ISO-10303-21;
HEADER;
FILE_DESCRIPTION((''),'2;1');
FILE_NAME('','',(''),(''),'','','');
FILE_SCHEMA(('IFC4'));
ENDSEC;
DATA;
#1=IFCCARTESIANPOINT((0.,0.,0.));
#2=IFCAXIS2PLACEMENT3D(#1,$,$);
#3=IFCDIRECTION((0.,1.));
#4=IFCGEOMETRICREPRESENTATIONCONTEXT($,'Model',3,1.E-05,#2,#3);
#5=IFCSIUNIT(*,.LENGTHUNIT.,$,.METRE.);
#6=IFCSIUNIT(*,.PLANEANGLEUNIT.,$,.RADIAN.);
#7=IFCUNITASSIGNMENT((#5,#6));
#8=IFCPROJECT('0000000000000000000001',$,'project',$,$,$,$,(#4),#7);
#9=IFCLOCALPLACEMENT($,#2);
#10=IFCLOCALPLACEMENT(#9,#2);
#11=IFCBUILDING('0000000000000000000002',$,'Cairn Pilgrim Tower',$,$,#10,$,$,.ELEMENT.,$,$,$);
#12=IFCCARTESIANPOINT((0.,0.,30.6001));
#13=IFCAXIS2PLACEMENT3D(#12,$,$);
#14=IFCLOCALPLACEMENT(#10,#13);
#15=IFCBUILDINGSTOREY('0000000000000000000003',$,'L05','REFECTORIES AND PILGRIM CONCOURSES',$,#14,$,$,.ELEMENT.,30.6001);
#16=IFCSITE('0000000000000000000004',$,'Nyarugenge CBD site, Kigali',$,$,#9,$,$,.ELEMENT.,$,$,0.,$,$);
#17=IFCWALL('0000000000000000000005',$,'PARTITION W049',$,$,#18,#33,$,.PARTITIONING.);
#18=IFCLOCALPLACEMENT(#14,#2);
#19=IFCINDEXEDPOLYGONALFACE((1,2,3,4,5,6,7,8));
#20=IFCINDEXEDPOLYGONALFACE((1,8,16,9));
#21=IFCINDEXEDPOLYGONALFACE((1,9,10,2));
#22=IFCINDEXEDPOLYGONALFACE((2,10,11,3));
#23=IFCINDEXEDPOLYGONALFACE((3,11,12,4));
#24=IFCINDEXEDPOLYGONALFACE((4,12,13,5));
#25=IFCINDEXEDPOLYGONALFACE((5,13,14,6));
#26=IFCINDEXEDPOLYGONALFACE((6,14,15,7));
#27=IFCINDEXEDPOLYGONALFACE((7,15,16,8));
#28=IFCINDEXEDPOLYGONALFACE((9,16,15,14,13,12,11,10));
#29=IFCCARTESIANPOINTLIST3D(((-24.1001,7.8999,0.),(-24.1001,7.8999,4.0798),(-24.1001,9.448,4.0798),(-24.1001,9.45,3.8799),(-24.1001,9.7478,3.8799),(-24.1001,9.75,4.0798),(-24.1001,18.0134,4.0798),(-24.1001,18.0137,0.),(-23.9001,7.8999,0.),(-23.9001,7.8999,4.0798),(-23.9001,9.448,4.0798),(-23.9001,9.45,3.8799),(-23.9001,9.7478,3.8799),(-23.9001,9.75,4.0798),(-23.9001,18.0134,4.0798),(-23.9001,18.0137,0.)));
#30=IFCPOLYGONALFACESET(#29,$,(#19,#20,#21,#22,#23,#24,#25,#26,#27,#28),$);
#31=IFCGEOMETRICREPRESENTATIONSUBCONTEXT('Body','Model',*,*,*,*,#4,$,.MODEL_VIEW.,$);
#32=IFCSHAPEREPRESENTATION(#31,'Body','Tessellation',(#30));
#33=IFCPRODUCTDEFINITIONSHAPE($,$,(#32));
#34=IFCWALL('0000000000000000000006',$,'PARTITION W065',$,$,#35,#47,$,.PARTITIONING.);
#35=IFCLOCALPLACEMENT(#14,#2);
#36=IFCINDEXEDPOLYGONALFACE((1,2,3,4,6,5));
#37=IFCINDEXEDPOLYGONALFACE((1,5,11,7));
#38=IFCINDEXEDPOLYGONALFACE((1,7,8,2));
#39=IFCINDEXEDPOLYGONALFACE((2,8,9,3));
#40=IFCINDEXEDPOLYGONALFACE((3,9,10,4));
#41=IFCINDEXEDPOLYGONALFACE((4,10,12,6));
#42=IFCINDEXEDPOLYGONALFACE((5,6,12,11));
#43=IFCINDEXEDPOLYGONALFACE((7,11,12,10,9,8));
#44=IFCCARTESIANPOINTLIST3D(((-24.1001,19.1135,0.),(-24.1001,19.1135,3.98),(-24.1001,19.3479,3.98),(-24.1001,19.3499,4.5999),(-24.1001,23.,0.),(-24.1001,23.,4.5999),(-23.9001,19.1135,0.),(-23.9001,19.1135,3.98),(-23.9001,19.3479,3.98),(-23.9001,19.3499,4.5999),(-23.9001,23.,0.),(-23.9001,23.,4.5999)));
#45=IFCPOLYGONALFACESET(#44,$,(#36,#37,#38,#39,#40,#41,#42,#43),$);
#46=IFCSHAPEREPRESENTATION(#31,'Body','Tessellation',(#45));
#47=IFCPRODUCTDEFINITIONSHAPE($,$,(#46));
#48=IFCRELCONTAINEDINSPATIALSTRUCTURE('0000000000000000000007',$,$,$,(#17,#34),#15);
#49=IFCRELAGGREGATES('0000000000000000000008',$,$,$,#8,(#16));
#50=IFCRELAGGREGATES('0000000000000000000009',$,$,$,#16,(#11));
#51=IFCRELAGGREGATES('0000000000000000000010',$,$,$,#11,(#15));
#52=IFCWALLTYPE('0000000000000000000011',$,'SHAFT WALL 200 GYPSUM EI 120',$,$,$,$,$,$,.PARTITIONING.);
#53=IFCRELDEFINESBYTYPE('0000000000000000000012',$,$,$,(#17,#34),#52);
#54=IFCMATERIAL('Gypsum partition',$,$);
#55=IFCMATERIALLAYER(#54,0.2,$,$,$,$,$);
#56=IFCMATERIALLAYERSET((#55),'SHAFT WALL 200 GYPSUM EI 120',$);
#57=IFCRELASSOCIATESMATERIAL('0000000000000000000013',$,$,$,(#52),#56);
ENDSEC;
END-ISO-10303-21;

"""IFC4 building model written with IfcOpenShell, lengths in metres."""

from ifc_helpers import new_model, si_unit, direction, frame, origin, place, context, subcontext, project, spatial, polyline, outline, extrude, material, layer, layer_set, type_object, element, save


model = new_model("IFC4")

# Units and contexts
model_context = context("Model", 3, precision=1e-05, world=origin(), true_north=direction((0.0, 1.0)))
body_context = subcontext(model_context, "Body", "Model", "MODEL_VIEW")
ifc_project = project(units=[si_unit("LENGTHUNIT", "METRE"), si_unit("PLANEANGLEUNIT", "RADIAN")], contexts=[model_context])

# Site, building, storey
site_placement = place(None, origin())
site = spatial("IfcSite", under=ifc_project, at=site_placement, Name="Nyarugenge CBD site, Kigali", CompositionType="ELEMENT", RefElevation=0.0)
building_placement = place(site_placement, origin())
building = spatial("IfcBuilding", under=site, at=building_placement, Name="Cairn Pilgrim Tower", CompositionType="ELEMENT")
storey_placement = place(building_placement, frame((0.0, 0.0, 30.6001)))
storey = spatial("IfcBuildingStorey", under=building, at=storey_placement, Name="L05", Description="REFECTORIES AND PILGRIM CONCOURSES", CompositionType="ELEMENT", Elevation=30.6001)

# Shared definitions
ifc_material_1 = material(Name="Gypsum partition")

# Shared definitions
ifc_layer_1 = layer(ifc_material_1, 0.2)
ifc_layer_set_1 = layer_set([ifc_layer_1], Name="SHAFT WALL 200 GYPSUM EI 120")
wall_type_1 = type_object("IfcWallType", Name="SHAFT WALL 200 GYPSUM EI 120", PredefinedType="PARTITIONING", material=ifc_layer_set_1)

# Walls
wall_1_placement = place(storey_placement, frame((-24.0, 7.8999, 0.0), z_axis=(0.0, 0.0, 1.0), x_axis=(0.0, 1.0, 0.0)))
element("IfcWall", 1, at=wall_1_placement, inside=storey, type_object=wall_type_1, Name="PARTITION W049", PredefinedType="PARTITIONING", context=body_context, shape_type="SweptSolid", body=[
    extrude(outline(polyline([(0.0, 0.0), (10.1138, 0.0), (10.1135, 4.0798), (1.8501, 4.0798), (1.8479, 3.8799), (1.55, 3.8799), (1.5481, 4.0798), (0.0, 4.0798), (0.0, 0.0)])), frame((0.0, 0.1001, 0.0), z_axis=(0.0, -1.0, 0.0), x_axis=(1.0, 0.0, 0.0)), (0.0, 0.0, 1.0), 0.2),
])
wall_2_placement = place(storey_placement, frame((-24.0, 19.1135, 0.0), z_axis=(0.0, 0.0, 1.0), x_axis=(0.0, 1.0, 0.0)))
element("IfcWall", 2, at=wall_2_placement, inside=storey, type_object=wall_type_1, Name="PARTITION W065", PredefinedType="PARTITIONING", context=body_context, shape_type="SweptSolid", body=[
    extrude(outline(polyline([(0.0, 0.0), (3.8865, 0.0), (3.8865, 4.5999), (0.2363, 4.5999), (0.2344, 3.98), (0.0, 3.98), (0.0, 0.0)])), frame((0.0, 0.1001, 0.0), z_axis=(0.0, -1.0, 0.0), x_axis=(1.0, 0.0, 0.0)), (0.0, 0.0, 1.0), 0.2),
])

save(model, "model.ifc")
